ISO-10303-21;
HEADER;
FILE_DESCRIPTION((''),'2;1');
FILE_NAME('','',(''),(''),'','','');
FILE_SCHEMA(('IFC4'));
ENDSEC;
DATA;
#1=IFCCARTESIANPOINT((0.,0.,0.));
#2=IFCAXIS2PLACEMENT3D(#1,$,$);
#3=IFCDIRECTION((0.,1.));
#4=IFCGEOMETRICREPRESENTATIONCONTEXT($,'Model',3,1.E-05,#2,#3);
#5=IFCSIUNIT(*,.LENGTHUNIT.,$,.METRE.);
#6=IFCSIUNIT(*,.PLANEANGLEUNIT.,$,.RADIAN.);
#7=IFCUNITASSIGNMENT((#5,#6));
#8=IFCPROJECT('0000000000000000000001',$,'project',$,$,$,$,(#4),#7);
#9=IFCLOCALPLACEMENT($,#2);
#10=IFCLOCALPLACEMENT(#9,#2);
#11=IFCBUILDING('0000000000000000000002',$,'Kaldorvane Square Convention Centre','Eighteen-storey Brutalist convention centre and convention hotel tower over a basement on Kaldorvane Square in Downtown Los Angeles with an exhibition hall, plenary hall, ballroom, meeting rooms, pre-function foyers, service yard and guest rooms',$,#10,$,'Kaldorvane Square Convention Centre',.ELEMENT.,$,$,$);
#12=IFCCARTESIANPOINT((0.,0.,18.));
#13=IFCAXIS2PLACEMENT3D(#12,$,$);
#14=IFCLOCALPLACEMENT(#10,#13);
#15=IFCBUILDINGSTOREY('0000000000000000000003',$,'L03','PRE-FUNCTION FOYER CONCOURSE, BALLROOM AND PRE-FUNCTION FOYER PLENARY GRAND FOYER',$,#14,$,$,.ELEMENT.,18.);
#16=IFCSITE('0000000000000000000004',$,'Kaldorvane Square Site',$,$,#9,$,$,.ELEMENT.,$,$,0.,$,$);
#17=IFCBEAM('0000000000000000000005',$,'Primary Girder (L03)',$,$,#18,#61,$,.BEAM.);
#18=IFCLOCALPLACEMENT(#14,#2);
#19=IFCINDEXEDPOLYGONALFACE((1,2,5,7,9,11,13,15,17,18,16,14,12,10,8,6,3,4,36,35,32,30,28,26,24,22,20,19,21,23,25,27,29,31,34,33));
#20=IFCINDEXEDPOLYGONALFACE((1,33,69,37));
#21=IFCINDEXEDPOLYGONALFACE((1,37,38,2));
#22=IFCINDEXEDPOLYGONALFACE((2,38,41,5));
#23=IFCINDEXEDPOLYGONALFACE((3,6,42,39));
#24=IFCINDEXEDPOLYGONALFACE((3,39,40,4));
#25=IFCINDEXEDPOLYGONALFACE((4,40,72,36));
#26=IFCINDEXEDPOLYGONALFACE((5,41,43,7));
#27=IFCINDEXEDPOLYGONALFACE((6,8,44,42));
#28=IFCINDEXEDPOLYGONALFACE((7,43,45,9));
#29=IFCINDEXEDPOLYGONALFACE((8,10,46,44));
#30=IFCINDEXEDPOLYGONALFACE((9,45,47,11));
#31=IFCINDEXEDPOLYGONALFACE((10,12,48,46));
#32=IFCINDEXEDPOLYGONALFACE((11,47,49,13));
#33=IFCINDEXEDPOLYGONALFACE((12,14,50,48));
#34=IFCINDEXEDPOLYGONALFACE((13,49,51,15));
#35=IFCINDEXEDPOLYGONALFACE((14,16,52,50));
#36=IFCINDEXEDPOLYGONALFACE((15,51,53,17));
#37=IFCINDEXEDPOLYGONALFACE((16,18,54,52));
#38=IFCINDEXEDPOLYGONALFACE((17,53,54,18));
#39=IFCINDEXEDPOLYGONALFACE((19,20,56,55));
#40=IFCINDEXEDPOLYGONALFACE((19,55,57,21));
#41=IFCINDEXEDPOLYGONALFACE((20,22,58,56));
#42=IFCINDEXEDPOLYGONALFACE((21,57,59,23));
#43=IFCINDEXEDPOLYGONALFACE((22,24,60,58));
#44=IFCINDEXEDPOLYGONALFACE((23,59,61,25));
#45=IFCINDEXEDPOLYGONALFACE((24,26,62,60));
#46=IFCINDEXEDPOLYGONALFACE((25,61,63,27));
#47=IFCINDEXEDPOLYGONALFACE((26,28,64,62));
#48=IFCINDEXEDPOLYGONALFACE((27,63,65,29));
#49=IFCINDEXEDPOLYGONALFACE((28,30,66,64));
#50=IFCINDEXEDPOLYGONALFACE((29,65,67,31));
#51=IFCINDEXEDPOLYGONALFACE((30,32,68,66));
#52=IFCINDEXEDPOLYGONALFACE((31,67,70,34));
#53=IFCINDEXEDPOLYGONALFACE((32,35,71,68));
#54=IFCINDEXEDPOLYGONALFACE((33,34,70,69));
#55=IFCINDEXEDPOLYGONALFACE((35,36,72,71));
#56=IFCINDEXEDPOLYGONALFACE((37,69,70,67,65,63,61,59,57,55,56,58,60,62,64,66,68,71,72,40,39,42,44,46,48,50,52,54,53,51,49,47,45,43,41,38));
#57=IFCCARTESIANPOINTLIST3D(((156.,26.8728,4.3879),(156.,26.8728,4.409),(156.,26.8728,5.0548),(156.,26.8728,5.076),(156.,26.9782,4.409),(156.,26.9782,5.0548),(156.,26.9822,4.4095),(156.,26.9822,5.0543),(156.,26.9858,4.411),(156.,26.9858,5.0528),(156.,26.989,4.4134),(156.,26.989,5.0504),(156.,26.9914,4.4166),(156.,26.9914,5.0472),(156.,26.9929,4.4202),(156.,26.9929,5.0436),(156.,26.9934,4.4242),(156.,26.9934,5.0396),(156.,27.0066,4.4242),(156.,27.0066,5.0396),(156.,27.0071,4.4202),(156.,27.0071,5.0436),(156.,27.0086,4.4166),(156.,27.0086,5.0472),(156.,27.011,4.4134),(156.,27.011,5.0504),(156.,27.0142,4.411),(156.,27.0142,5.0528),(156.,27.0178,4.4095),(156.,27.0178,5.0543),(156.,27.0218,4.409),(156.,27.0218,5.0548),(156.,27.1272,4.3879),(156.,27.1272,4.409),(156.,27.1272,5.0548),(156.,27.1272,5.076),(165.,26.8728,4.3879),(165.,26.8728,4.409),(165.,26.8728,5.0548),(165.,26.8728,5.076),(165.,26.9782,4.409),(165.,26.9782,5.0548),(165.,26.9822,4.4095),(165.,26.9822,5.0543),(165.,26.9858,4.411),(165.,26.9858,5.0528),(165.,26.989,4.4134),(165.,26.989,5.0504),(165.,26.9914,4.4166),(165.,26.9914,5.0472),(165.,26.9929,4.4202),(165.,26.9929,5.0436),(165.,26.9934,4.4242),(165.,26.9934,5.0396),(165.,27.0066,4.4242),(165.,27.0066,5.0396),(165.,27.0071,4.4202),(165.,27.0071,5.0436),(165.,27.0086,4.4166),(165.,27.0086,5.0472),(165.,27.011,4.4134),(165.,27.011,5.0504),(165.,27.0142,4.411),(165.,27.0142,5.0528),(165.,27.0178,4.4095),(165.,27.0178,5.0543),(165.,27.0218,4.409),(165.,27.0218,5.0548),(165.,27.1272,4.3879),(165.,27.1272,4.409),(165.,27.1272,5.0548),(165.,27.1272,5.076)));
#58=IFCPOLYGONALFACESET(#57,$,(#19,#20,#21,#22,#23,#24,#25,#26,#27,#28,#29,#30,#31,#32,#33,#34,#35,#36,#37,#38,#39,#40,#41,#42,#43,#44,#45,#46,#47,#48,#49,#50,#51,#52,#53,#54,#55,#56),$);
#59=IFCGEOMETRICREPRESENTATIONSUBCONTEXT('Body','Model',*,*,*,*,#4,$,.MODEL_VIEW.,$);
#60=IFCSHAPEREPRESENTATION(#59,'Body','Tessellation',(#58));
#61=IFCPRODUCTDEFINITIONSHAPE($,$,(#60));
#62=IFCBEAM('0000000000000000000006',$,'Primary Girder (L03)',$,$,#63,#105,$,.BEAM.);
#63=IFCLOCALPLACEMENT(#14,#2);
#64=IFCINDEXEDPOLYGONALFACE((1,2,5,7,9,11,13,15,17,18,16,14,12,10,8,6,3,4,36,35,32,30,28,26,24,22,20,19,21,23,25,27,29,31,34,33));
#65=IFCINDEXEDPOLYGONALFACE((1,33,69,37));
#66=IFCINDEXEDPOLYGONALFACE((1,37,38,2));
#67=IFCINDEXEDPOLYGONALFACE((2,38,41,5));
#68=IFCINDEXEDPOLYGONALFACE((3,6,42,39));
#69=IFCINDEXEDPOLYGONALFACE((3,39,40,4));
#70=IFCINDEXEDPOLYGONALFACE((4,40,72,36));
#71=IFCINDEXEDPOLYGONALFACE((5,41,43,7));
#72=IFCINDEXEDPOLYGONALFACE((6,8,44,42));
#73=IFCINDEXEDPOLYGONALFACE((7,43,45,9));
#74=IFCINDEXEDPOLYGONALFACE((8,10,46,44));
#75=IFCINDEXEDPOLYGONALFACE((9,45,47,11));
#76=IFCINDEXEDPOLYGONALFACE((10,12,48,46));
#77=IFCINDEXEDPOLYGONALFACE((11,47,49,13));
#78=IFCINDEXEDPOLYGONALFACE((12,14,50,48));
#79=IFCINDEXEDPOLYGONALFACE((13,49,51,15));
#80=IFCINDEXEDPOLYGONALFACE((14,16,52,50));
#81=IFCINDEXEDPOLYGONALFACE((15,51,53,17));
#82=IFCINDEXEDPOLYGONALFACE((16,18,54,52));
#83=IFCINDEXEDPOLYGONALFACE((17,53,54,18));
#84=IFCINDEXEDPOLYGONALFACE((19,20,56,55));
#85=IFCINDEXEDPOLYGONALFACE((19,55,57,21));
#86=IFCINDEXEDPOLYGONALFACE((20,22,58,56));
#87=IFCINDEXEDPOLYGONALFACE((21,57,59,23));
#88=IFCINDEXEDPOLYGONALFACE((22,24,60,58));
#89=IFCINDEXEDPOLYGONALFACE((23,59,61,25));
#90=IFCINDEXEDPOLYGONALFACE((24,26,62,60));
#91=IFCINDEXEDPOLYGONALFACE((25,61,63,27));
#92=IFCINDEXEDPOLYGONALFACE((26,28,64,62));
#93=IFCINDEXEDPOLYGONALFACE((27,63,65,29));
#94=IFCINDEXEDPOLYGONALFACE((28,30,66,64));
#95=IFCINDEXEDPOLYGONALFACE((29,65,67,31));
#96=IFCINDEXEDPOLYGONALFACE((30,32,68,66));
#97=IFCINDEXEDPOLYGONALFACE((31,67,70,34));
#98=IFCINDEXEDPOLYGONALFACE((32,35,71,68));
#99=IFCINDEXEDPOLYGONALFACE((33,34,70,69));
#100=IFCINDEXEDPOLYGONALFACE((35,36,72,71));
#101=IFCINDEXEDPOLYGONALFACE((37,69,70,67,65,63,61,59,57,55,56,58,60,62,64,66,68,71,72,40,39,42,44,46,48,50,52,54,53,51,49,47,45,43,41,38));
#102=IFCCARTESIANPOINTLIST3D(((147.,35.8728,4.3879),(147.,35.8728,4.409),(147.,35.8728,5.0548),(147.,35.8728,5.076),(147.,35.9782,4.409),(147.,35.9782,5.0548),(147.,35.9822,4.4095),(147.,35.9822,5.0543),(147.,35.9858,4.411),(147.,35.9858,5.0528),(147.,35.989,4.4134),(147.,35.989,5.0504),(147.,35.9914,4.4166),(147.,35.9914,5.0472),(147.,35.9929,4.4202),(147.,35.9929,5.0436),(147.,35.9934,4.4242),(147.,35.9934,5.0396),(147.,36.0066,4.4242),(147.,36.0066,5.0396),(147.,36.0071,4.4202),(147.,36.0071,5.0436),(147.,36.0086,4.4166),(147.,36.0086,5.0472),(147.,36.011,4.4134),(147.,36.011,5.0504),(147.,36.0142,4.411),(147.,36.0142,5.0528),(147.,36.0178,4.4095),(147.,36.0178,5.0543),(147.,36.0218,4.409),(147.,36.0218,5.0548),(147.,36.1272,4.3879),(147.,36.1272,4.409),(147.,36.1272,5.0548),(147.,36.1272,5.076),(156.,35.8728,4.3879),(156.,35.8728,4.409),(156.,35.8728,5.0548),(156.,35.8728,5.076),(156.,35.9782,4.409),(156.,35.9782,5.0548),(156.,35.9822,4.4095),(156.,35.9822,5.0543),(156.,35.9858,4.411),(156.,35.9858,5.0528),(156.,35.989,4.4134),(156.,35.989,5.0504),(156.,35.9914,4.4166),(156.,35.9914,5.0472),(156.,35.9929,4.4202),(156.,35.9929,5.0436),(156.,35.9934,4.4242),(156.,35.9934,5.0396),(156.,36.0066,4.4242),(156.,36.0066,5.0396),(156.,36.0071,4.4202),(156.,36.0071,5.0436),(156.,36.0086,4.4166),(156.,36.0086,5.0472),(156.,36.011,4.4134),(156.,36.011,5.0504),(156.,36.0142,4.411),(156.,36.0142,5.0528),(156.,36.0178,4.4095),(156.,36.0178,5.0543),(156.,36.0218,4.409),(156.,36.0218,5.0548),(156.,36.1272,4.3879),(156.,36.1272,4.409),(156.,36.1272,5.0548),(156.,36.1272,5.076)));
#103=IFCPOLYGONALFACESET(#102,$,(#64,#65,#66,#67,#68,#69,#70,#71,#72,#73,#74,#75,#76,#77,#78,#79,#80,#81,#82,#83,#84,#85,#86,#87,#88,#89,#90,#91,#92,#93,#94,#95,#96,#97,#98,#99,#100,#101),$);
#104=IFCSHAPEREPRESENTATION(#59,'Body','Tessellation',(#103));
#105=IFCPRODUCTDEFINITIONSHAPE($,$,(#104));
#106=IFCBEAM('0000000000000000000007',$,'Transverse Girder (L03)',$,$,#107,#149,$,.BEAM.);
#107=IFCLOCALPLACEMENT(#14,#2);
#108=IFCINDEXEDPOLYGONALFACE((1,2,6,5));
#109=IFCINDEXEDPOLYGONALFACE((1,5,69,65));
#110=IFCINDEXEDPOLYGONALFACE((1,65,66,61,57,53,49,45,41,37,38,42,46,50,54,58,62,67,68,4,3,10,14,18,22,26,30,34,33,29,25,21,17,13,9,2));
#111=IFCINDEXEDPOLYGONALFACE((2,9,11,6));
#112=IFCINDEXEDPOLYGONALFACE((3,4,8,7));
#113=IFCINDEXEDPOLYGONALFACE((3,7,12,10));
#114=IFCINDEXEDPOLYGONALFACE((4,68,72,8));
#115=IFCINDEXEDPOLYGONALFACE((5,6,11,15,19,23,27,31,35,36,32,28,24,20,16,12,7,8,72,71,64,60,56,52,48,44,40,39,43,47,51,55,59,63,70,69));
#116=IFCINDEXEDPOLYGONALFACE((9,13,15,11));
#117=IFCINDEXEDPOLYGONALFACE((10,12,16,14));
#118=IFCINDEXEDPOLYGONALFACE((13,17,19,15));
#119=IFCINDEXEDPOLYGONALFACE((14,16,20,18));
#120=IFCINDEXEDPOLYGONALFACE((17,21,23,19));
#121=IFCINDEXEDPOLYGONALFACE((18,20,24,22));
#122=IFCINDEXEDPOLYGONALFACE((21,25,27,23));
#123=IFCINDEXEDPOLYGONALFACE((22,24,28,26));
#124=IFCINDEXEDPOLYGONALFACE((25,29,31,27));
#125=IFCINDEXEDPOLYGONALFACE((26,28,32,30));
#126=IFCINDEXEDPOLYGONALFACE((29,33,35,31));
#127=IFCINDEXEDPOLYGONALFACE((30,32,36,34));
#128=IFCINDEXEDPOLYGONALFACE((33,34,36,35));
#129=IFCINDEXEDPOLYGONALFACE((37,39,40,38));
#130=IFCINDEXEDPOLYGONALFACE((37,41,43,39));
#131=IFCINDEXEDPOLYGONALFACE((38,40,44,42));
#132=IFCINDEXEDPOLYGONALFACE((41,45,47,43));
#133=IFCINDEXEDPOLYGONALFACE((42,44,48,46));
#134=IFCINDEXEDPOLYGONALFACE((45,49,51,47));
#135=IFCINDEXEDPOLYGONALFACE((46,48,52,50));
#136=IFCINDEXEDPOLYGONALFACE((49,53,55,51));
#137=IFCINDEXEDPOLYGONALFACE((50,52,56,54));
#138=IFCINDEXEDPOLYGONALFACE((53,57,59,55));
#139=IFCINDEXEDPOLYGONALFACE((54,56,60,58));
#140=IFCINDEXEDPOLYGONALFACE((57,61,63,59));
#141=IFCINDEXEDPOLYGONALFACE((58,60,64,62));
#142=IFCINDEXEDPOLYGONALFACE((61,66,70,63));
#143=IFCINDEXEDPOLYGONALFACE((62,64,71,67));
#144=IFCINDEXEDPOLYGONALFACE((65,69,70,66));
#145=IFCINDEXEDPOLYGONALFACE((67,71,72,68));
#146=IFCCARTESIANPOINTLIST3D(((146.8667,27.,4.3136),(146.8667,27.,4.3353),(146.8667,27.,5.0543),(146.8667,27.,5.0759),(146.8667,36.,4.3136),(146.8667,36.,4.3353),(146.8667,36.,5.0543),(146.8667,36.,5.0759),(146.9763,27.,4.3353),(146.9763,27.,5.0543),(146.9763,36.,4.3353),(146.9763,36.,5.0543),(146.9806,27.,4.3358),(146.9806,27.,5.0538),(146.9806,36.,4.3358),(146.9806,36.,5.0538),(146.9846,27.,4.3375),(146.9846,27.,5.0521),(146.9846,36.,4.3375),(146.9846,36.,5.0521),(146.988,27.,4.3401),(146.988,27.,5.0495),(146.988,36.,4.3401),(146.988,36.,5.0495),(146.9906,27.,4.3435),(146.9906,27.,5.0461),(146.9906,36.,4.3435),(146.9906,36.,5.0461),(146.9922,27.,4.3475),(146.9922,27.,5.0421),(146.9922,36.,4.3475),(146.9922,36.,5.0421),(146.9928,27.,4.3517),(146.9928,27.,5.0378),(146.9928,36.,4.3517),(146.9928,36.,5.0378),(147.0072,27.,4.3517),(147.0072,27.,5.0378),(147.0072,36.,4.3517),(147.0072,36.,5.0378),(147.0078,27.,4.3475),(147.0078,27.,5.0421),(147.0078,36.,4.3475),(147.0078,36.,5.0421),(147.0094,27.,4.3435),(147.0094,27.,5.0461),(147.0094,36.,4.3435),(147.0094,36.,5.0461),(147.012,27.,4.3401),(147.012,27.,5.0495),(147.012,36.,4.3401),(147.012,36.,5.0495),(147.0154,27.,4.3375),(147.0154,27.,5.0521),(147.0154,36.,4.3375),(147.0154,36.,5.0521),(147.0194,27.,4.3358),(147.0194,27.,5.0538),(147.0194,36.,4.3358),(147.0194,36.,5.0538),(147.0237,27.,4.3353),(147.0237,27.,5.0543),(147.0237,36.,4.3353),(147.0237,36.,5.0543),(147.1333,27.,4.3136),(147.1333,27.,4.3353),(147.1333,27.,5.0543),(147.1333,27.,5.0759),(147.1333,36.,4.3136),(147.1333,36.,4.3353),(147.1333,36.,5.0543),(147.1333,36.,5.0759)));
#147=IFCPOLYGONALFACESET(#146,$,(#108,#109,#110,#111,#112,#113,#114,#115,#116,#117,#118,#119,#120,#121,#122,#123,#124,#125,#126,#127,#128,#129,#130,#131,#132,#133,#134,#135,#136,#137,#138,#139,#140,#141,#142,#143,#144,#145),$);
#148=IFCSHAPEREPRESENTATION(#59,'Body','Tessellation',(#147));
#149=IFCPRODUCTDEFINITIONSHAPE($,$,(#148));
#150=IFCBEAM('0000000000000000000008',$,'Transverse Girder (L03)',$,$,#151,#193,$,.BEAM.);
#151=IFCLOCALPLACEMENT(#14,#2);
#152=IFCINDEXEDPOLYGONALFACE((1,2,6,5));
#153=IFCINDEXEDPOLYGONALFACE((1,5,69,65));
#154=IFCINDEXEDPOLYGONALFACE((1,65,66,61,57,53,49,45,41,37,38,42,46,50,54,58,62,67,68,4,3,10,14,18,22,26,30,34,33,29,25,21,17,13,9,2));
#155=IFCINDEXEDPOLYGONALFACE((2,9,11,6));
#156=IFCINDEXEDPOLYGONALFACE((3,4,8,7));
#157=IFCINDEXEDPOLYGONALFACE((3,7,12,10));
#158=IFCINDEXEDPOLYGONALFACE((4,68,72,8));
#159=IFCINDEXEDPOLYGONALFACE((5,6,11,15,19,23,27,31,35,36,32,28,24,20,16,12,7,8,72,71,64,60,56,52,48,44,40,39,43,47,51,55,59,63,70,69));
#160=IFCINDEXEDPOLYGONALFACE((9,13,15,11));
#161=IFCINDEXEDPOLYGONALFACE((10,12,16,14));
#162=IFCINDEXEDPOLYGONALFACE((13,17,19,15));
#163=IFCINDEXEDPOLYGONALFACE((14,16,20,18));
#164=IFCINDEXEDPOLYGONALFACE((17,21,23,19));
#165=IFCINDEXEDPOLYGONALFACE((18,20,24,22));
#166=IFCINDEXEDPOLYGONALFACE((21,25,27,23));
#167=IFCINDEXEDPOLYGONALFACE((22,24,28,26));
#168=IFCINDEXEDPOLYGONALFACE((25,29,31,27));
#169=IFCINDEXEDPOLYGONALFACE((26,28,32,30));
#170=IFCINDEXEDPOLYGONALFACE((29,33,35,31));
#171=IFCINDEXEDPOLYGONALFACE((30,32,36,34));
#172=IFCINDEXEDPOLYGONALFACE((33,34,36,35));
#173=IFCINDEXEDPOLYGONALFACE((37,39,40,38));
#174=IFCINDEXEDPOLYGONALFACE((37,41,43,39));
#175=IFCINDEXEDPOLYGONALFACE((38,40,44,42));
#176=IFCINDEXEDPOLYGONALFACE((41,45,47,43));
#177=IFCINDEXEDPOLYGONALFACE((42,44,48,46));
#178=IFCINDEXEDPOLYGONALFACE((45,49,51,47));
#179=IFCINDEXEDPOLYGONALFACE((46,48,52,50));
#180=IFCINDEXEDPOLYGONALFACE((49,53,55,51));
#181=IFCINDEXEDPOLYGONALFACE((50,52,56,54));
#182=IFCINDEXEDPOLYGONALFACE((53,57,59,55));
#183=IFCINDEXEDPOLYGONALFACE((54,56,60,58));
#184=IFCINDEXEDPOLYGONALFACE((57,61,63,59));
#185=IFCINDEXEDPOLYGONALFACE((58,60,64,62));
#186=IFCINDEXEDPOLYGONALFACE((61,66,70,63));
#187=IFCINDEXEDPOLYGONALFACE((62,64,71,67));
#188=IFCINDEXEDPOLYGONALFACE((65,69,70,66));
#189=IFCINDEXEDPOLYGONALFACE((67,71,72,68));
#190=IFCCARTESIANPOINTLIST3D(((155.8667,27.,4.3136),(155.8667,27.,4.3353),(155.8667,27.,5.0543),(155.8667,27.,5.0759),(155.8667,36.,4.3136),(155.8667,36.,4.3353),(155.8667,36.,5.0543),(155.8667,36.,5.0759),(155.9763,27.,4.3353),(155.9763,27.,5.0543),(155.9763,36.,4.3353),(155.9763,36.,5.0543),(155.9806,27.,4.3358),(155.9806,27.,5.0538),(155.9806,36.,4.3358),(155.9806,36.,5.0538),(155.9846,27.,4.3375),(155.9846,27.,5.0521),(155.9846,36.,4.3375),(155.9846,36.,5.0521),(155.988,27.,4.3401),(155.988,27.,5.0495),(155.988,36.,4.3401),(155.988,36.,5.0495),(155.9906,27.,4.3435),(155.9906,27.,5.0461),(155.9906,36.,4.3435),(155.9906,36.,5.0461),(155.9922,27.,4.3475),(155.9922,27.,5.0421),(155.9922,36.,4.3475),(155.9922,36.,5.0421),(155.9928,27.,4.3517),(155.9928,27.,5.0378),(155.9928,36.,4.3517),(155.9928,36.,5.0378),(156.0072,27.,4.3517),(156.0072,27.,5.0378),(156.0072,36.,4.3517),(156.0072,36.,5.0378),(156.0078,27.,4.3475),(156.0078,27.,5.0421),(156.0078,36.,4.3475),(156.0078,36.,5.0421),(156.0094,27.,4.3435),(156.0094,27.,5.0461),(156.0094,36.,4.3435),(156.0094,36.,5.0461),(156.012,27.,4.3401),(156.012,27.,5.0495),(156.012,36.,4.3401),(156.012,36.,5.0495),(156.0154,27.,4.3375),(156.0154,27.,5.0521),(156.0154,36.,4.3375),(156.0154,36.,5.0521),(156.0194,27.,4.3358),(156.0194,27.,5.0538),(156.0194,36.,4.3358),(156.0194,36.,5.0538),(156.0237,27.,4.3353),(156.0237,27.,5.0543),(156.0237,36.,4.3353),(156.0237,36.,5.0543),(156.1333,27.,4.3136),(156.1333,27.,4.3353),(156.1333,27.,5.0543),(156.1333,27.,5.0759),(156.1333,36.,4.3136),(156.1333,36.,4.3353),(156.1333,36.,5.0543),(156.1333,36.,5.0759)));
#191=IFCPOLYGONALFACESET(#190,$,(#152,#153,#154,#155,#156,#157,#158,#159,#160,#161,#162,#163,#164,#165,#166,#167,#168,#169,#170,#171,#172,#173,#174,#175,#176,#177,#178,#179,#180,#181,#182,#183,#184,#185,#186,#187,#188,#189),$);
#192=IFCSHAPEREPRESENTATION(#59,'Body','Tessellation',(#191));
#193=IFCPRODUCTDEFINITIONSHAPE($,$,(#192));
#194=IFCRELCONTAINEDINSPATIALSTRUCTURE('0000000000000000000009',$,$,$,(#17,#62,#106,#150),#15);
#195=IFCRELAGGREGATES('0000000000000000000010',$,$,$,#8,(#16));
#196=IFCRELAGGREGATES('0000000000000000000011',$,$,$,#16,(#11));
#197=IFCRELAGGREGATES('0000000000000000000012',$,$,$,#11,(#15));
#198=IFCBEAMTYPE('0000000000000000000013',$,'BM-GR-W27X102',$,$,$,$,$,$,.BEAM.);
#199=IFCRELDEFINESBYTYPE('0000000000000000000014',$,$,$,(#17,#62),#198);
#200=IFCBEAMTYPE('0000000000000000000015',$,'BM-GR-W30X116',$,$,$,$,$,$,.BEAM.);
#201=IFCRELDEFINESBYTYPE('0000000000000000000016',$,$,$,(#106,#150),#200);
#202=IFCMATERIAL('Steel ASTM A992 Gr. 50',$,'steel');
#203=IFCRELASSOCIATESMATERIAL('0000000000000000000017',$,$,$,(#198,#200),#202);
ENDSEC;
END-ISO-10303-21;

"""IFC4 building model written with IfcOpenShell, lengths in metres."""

from ifc_helpers import new_model, si_unit, direction, frame, origin, origin_2d, place, context, subcontext, project, spatial, i_section, extrude, material, material_profile, profile_set, type_object, element, save


model = new_model("IFC4")

# Units and contexts
model_context = context("Model", 3, precision=1e-05, world=origin(), true_north=direction((0.0, 1.0)))
body_context = subcontext(model_context, "Body", "Model", "MODEL_VIEW")
ifc_project = project(units=[si_unit("LENGTHUNIT", "METRE"), si_unit("PLANEANGLEUNIT", "RADIAN")], contexts=[model_context])

# Site, building, storey
site_placement = place(None, origin())
site = spatial("IfcSite", under=ifc_project, at=site_placement, Name="Kaldorvane Square Site", CompositionType="ELEMENT", RefElevation=0.0)
building_placement = place(site_placement, origin())
building = spatial("IfcBuilding", under=site, at=building_placement, Name="Kaldorvane Square Convention Centre", Description="Eighteen-storey Brutalist convention centre and convention hotel tower over a basement on Kaldorvane Square in Downtown Los Angeles with an exhibition hall, plenary hall, ballroom, meeting rooms, pre-function foyers, service yard and guest rooms", LongName="Kaldorvane Square Convention Centre", CompositionType="ELEMENT")
storey_placement = place(building_placement, frame((0.0, 0.0, 18.0)))
storey = spatial("IfcBuildingStorey", under=building, at=storey_placement, Name="L03", Description="PRE-FUNCTION FOYER CONCOURSE, BALLROOM AND PRE-FUNCTION FOYER PLENARY GRAND FOYER", CompositionType="ELEMENT", Elevation=18.0)

# Shared definitions
ifc_material_1 = material(Name="Steel ASTM A992 Gr. 50", Category="steel")

# Beams
ifc_material_profile_1 = material_profile(ifc_material_1, i_section(OverallWidth=0.2544, OverallDepth=0.6881, WebThickness=0.0131, FlangeThickness=0.0211, FilletRadius=0.0152, at=origin_2d()), Name="W27X102")
ifc_profile_set_1 = profile_set([ifc_material_profile_1], Name="Steel ASTM A992 Gr. 50")
beam_type_1 = type_object("IfcBeamType", Name="BM-GR-W27X102", PredefinedType="BEAM", material=ifc_profile_set_1)
for number, where, z_axis, x_axis, name in (
    (1, (156.0, 27.0, 4.7319), (1.0, 0.0, 0.0), (0.0, 1.0, 0.0), "Primary Girder (L03)"),
    (2, (147.0, 36.0, 4.7319), (1.0, 0.0, 0.0), (0.0, 1.0, 0.0), "Primary Girder (L03)"),
):
    element("IfcBeam", number, at=place(storey_placement, frame(where, z_axis=z_axis, x_axis=x_axis)), inside=storey, type_object=beam_type_1, Name=name, PredefinedType="BEAM", context=body_context, shape_type="SweptSolid", body=[
        extrude(i_section(OverallWidth=0.2544, OverallDepth=0.6881, WebThickness=0.0131, FlangeThickness=0.0211, FilletRadius=0.0152, at=origin_2d()), origin(), (0.0, 0.0, 1.0), 9.0),
    ])
ifc_material_profile_2 = material_profile(ifc_material_1, i_section(OverallWidth=0.2666, OverallDepth=0.7623, WebThickness=0.0144, FlangeThickness=0.0216, FilletRadius=0.0165, at=origin_2d()), Name="W30X116")
ifc_profile_set_2 = profile_set([ifc_material_profile_2], Name="Steel ASTM A992 Gr. 50")
beam_type_2 = type_object("IfcBeamType", Name="BM-GR-W30X116", PredefinedType="BEAM", material=ifc_profile_set_2)
for number, where, z_axis, x_axis, name in (
    (3, (147.0, 27.0, 4.6948), (0.0, 1.0, 0.0), (-1.0, 0.0, 0.0), "Transverse Girder (L03)"),
    (4, (156.0, 27.0, 4.6948), (0.0, 1.0, 0.0), (-1.0, 0.0, 0.0), "Transverse Girder (L03)"),
):
    element("IfcBeam", number, at=place(storey_placement, frame(where, z_axis=z_axis, x_axis=x_axis)), inside=storey, type_object=beam_type_2, Name=name, PredefinedType="BEAM", context=body_context, shape_type="SweptSolid", body=[
        extrude(i_section(OverallWidth=0.2666, OverallDepth=0.7623, WebThickness=0.0144, FlangeThickness=0.0216, FilletRadius=0.0165, at=origin_2d()), origin(), (0.0, 0.0, 1.0), 9.0),
    ])

save(model, "model.ifc")
